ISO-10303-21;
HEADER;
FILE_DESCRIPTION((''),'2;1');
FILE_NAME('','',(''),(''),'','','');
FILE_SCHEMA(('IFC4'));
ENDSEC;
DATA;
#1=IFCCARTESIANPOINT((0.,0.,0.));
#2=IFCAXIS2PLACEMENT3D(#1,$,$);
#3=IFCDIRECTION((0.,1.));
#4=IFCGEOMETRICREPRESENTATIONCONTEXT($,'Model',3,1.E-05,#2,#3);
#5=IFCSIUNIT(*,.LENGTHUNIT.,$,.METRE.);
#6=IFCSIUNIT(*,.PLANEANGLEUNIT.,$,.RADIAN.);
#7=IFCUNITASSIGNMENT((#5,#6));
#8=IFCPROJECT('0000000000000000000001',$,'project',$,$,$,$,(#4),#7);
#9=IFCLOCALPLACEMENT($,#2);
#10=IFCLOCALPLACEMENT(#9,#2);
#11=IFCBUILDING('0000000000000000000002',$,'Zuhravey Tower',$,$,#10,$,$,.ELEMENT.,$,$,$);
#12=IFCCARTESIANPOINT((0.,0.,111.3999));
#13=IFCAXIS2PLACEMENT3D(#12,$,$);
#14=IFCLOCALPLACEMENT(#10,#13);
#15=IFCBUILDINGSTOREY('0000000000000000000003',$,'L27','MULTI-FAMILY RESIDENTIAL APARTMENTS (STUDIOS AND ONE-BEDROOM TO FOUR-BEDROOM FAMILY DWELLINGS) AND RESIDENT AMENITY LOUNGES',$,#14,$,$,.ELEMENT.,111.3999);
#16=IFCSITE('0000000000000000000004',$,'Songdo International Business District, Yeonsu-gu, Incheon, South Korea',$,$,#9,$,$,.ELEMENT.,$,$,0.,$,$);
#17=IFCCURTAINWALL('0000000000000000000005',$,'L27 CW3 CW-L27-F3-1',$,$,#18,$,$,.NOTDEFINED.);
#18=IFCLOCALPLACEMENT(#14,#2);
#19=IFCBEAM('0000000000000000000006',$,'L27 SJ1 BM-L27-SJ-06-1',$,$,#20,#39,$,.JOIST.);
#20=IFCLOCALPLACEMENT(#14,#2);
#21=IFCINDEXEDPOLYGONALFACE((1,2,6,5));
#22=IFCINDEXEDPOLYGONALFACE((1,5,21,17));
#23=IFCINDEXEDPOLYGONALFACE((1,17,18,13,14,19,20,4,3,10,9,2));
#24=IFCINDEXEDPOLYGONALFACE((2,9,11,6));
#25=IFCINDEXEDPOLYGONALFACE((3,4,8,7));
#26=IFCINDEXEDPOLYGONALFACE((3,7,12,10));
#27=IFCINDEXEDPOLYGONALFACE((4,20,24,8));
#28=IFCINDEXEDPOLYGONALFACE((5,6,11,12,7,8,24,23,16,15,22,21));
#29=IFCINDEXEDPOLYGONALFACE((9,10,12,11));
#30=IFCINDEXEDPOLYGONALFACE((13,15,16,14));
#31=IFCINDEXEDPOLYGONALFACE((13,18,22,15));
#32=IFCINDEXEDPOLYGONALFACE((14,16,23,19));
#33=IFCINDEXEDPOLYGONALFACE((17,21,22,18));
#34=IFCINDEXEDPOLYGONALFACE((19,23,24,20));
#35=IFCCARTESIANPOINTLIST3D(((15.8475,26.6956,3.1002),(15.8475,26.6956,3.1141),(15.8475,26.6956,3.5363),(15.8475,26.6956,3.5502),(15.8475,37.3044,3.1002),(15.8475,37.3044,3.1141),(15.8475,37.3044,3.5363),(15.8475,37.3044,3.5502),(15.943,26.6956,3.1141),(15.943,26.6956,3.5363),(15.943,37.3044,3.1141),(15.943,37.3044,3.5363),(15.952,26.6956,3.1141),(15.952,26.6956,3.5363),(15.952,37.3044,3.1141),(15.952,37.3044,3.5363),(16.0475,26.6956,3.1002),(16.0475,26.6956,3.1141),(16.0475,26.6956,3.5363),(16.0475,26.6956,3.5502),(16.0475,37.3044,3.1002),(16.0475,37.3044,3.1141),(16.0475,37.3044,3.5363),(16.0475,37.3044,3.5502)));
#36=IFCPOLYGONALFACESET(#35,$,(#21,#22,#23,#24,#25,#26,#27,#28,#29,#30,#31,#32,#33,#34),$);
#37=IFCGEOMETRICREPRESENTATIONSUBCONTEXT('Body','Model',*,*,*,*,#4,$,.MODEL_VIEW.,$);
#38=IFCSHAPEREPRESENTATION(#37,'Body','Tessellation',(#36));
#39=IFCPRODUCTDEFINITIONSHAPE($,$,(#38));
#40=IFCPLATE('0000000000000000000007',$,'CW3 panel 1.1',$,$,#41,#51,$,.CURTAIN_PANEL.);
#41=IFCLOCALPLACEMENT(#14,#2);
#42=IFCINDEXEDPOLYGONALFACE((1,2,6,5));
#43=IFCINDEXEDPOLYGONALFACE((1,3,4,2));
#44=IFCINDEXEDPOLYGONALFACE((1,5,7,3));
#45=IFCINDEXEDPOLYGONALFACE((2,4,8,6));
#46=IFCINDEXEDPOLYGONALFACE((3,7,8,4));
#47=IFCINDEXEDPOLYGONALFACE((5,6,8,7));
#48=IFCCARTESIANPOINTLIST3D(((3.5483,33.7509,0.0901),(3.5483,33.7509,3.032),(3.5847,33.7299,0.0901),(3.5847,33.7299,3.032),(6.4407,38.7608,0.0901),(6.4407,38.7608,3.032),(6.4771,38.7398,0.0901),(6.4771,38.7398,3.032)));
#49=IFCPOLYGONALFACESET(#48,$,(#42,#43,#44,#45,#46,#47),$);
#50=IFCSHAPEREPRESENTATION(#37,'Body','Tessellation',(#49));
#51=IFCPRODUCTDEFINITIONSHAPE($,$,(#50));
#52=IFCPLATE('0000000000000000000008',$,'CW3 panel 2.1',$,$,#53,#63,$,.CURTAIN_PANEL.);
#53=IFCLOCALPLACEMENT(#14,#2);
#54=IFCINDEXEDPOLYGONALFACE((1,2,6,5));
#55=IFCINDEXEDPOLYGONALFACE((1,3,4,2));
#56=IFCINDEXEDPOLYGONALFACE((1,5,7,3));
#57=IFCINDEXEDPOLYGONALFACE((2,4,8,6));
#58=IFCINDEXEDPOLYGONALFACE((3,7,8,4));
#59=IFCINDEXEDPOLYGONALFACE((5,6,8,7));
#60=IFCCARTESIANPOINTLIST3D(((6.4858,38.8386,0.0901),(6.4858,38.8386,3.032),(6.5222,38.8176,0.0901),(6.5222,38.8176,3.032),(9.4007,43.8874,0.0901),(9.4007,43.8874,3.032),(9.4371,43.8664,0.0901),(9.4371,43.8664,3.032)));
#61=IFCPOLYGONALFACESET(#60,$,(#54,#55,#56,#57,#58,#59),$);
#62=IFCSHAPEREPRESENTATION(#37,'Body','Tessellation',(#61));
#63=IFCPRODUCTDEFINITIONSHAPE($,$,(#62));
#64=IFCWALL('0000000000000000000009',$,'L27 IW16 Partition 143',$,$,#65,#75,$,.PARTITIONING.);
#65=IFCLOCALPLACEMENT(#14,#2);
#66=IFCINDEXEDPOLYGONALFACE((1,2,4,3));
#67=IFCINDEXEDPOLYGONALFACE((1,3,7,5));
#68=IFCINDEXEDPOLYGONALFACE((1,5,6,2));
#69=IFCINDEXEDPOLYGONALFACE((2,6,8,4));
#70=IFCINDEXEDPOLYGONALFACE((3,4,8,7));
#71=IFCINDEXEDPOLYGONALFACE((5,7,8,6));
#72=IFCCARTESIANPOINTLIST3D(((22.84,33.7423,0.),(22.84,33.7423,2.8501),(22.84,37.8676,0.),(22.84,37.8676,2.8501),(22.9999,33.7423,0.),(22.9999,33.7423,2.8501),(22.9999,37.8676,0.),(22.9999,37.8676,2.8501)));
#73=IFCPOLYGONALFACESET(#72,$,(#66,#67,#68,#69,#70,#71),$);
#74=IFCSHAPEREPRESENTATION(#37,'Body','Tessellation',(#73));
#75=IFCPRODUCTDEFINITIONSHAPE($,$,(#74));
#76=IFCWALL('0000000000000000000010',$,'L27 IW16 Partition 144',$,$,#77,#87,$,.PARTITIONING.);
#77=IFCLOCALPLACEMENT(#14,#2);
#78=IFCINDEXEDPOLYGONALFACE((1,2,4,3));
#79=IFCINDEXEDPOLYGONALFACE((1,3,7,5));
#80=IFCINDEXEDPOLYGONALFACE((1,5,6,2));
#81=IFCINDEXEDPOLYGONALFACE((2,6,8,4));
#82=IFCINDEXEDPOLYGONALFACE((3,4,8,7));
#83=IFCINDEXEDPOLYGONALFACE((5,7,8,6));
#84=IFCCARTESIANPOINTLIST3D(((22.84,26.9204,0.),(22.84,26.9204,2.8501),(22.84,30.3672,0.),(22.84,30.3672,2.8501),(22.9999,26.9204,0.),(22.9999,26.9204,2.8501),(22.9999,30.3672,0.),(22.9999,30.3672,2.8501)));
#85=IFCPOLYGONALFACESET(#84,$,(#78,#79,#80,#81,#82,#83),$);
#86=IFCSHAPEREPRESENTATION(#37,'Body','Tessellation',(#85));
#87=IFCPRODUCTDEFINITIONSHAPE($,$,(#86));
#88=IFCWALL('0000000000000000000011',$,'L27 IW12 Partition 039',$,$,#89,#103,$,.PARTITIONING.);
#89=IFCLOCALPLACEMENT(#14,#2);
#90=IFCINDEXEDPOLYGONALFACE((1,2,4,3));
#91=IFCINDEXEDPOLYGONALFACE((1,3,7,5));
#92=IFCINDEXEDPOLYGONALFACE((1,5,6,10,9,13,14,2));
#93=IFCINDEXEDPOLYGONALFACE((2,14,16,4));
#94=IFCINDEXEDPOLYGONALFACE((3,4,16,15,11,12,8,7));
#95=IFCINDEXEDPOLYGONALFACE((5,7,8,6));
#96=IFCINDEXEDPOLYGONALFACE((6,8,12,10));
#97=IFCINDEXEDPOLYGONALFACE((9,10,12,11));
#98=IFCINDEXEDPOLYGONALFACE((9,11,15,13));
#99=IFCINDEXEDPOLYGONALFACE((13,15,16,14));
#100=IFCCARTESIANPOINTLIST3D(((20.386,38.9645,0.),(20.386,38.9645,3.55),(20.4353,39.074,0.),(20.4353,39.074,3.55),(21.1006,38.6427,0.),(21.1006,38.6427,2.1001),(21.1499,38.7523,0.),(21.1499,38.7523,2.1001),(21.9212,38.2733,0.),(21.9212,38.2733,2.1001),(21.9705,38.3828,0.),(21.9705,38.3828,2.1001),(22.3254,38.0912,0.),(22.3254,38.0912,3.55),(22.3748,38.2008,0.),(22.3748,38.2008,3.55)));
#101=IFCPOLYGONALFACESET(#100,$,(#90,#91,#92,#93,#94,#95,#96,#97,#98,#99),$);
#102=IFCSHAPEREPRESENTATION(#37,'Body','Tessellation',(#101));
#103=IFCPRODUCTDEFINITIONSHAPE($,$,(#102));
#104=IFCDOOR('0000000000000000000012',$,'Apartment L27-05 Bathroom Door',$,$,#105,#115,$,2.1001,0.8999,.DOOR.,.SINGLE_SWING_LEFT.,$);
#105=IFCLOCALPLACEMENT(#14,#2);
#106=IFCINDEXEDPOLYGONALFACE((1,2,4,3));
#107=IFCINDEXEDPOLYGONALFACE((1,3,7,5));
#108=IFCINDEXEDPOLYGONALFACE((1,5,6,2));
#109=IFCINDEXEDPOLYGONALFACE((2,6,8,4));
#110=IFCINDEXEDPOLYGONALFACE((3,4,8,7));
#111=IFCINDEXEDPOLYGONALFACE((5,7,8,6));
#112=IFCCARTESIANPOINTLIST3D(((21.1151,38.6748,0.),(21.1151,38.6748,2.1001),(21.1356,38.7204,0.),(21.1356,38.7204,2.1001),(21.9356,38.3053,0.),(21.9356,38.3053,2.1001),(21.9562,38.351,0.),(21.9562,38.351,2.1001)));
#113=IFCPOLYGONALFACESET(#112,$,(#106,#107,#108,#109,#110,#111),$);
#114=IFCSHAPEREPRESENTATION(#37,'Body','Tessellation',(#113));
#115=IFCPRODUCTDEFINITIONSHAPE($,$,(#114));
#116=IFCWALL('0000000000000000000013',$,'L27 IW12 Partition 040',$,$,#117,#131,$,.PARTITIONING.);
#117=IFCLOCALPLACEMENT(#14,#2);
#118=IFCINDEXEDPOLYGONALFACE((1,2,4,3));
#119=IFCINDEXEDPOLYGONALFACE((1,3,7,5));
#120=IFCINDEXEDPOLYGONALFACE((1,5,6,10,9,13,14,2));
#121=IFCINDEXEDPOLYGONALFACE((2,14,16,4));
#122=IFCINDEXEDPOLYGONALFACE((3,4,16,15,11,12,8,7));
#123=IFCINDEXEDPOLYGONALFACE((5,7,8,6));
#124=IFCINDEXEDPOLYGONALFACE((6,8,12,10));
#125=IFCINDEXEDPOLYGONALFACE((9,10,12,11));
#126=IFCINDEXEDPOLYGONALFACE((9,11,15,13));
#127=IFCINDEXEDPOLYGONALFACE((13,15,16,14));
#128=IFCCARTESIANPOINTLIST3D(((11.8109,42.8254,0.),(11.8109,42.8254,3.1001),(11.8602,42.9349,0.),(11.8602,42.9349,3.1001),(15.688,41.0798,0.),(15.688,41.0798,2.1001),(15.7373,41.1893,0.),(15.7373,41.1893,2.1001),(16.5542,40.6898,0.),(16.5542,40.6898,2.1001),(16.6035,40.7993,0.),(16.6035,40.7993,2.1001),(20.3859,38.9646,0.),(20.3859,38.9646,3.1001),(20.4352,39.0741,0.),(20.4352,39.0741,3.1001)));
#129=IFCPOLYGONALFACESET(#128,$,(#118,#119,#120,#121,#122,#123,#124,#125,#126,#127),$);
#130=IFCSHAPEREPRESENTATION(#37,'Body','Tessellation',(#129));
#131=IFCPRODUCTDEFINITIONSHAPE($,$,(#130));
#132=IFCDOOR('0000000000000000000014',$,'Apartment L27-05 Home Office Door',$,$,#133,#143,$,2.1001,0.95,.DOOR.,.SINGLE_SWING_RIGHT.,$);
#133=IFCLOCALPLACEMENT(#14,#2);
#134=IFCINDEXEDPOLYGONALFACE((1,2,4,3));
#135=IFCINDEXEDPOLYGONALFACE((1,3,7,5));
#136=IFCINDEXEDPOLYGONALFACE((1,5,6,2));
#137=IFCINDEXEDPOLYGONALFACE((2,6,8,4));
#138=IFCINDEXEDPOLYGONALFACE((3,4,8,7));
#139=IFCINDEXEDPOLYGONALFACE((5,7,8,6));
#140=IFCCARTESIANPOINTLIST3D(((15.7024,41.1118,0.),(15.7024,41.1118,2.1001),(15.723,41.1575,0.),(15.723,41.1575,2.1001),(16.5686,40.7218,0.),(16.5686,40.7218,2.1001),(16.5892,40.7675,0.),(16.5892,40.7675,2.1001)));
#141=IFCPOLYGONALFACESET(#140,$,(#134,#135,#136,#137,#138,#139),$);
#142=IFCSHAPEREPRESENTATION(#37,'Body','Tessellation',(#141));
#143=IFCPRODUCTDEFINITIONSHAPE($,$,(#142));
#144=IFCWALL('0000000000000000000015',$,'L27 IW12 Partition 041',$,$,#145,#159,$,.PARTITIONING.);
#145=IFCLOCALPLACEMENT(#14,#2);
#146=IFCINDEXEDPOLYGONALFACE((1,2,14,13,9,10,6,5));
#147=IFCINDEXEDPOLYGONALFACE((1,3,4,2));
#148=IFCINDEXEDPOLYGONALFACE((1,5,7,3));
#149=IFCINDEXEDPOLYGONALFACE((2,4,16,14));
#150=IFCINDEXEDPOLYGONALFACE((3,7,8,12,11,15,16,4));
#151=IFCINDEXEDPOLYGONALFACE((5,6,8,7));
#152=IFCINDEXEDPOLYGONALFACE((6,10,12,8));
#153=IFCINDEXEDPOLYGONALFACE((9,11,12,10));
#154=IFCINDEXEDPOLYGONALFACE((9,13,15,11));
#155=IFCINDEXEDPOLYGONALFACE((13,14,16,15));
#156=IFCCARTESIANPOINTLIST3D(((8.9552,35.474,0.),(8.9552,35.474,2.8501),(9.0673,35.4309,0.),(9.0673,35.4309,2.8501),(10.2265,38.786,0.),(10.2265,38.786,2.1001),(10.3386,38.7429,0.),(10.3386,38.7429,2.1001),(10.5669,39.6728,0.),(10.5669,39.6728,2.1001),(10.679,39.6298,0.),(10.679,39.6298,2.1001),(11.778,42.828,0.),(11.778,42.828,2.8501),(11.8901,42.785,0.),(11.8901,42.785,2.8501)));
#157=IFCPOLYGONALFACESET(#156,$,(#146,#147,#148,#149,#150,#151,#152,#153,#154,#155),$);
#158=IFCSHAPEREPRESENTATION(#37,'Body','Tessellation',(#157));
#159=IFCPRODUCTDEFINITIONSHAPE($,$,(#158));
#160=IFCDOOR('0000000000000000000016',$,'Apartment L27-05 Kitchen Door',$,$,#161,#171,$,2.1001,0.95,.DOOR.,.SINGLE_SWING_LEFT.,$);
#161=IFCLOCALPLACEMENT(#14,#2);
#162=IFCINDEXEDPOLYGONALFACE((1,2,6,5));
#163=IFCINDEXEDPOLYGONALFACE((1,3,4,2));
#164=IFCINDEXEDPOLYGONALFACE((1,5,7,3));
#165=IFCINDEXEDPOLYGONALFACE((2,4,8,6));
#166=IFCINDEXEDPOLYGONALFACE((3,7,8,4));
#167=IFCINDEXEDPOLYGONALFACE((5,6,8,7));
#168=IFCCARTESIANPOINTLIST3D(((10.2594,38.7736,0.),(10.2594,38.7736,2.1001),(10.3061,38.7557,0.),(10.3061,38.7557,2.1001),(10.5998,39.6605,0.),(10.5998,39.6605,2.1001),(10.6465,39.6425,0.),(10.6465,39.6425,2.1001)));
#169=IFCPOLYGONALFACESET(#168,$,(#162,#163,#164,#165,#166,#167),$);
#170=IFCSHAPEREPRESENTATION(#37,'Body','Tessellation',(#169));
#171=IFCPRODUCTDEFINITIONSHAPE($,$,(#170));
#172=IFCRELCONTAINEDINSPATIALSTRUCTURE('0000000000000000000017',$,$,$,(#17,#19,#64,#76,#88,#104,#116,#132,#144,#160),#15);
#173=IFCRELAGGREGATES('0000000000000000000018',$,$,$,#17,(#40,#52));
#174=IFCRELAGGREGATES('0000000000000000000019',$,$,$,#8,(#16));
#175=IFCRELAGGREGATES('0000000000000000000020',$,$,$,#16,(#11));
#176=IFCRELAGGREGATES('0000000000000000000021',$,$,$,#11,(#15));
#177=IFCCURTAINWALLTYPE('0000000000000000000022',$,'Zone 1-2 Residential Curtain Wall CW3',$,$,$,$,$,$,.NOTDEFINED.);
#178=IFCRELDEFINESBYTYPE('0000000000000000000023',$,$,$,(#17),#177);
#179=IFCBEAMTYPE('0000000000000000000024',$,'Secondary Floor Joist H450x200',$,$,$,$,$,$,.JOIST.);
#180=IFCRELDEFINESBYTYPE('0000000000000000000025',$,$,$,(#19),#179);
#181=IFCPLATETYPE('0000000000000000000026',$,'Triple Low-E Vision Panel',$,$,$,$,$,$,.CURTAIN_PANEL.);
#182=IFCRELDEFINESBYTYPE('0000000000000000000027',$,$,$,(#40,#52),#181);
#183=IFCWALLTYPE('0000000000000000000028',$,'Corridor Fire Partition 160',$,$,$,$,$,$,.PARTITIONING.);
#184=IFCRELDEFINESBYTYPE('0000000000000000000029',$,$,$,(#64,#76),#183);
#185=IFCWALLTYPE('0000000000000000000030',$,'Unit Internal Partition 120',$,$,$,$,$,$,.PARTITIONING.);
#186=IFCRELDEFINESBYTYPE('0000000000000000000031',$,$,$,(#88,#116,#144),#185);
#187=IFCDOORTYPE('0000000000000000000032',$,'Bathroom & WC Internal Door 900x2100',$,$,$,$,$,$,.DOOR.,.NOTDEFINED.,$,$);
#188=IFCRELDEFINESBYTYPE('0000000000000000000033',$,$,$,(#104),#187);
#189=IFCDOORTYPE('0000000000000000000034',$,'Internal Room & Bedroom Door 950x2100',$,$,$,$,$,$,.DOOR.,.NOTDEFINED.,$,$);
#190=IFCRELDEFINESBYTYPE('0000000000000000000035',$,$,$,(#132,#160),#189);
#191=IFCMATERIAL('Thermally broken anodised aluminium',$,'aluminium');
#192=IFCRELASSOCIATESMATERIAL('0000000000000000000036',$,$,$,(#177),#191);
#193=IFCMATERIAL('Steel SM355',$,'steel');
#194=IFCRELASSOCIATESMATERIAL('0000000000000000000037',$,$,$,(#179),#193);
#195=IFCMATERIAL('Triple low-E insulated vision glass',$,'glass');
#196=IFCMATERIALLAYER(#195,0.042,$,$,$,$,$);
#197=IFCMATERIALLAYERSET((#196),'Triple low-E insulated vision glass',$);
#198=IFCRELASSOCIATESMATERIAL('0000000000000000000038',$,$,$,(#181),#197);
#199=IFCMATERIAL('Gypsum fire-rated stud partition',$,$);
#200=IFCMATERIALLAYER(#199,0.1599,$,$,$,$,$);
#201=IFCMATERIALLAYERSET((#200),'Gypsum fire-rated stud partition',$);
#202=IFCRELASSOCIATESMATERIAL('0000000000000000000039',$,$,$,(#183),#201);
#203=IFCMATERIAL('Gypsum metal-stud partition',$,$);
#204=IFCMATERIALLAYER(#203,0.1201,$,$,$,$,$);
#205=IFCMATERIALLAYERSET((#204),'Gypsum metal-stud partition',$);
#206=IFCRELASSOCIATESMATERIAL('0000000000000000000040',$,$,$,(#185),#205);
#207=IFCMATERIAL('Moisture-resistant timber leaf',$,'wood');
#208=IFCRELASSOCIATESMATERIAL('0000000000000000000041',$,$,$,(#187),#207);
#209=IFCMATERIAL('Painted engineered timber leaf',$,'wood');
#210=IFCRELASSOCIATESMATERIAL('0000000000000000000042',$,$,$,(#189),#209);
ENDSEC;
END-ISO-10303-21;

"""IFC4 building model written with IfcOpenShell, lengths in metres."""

from ifc_helpers import new_model, si_unit, direction, frame, frame_2d, origin, origin_2d, place, context, subcontext, project, spatial, rectangle, i_section, extrude, material, layer, layer_set, material_profile, profile_set, type_object, element, fill, aggregate, save


model = new_model("IFC4")

# Units and contexts
model_context = context("Model", 3, precision=1e-05, world=origin(), true_north=direction((0.0, 1.0)))
body_context = subcontext(model_context, "Body", "Model", "MODEL_VIEW")
ifc_project = project(units=[si_unit("LENGTHUNIT", "METRE"), si_unit("PLANEANGLEUNIT", "RADIAN")], contexts=[model_context])

# Site, building, storey
site_placement = place(None, origin())
site = spatial("IfcSite", under=ifc_project, at=site_placement, Name="Songdo International Business District, Yeonsu-gu, Incheon, South Korea", CompositionType="ELEMENT", RefElevation=0.0)
building_placement = place(site_placement, origin())
building = spatial("IfcBuilding", under=site, at=building_placement, Name="Zuhravey Tower", CompositionType="ELEMENT")
storey_placement = place(building_placement, frame((0.0, 0.0, 111.3999)))
storey = spatial("IfcBuildingStorey", under=building, at=storey_placement, Name="L27", Description="MULTI-FAMILY RESIDENTIAL APARTMENTS (STUDIOS AND ONE-BEDROOM TO FOUR-BEDROOM FAMILY DWELLINGS) AND RESIDENT AMENITY LOUNGES", CompositionType="ELEMENT", Elevation=111.3999)

# Shared definitions
ifc_material_1 = material(Name="Thermally broken anodised aluminium", Category="aluminium")
curtain_wall_type = type_object("IfcCurtainWallType", Name="Zone 1-2 Residential Curtain Wall CW3", PredefinedType="NOTDEFINED", material=ifc_material_1)

# Curtain wall
curtain_wall_1_placement = place(storey_placement, origin())
curtain_wall_1 = element("IfcCurtainWall", 1, at=curtain_wall_1_placement, inside=storey, type_object=curtain_wall_type, Name="L27 CW3 CW-L27-F3-1", PredefinedType="NOTDEFINED")

# Beam
ifc_material_2 = material(Name="Steel SM355", Category="steel")
ifc_material_profile_1 = material_profile(ifc_material_2, i_section(OverallWidth=0.2, OverallDepth=0.45, WebThickness=0.009, FlangeThickness=0.0139, at=origin_2d()), Name="H-450x200x9x14")
ifc_profile_set_1 = profile_set([ifc_material_profile_1], Name="Steel SM355")
beam_type_1 = type_object("IfcBeamType", Name="Secondary Floor Joist H450x200", PredefinedType="JOIST", material=ifc_profile_set_1)
beam_1_placement = place(storey_placement, frame((15.9475, 37.3044, 3.3252), z_axis=(0.0, -1.0, 0.0), x_axis=(1.0, 0.0, 0.0)))
element("IfcBeam", 2, at=beam_1_placement, inside=storey, type_object=beam_type_1, Name="L27 SJ1 BM-L27-SJ-06-1", PredefinedType="JOIST", context=body_context, shape_type="SweptSolid", body=[
    extrude(i_section(OverallWidth=0.2, OverallDepth=0.45, WebThickness=0.009, FlangeThickness=0.0139, at=origin_2d()), origin(), (0.0, 0.0, 1.0), 10.6089),
])

# Plates
ifc_material_3 = material(Name="Triple low-E insulated vision glass", Category="glass")
ifc_layer_1 = layer(ifc_material_3, 0.042)
ifc_layer_set_1 = layer_set([ifc_layer_1], Name="Triple low-E insulated vision glass")
plate_type = type_object("IfcPlateType", Name="Triple Low-E Vision Panel", PredefinedType="CURTAIN_PANEL", material=ifc_layer_set_1)
plate_1_placement = place(storey_placement, frame((5.0127, 36.2454, 0.0901), z_axis=(0.0, 0.0, 1.0), x_axis=(0.5, 0.866026, 0.0)))
plate_1 = element("IfcPlate", 3, at=plate_1_placement, type_object=plate_type, Name="CW3 panel 1.1", PredefinedType="CURTAIN_PANEL", context=body_context, shape_type="SweptSolid", body=[
    extrude(rectangle(XDim=5.7849, YDim=0.042, at=origin_2d()), origin(), (0.0, 0.0, 1.0), 2.9419),
])
plate_2_placement = place(storey_placement, frame((7.9614, 41.3525, 0.0901), z_axis=(0.0, 0.0, 1.0), x_axis=(0.5, 0.866026, 0.0)))
plate_2 = element("IfcPlate", 4, at=plate_2_placement, type_object=plate_type, Name="CW3 panel 2.1", PredefinedType="CURTAIN_PANEL", context=body_context, shape_type="SweptSolid", body=[
    extrude(rectangle(XDim=5.8298, YDim=0.042, at=origin_2d()), origin(), (0.0, 0.0, 1.0), 2.9419),
])
aggregate(curtain_wall_1, [plate_1, plate_2])

# Shared definitions
ifc_material_4 = material(Name="Gypsum fire-rated stud partition")
ifc_layer_2 = layer(ifc_material_4, 0.1599)
ifc_layer_set_2 = layer_set([ifc_layer_2], Name="Gypsum fire-rated stud partition")
wall_type_1 = type_object("IfcWallType", Name="Corridor Fire Partition 160", PredefinedType="PARTITIONING", material=ifc_layer_set_2)

# Walls
wall_1_placement = place(storey_placement, frame((22.9199, 37.8674, 0.0), z_axis=(0.0, 0.0, 1.0), x_axis=(0.0, -1.0, 0.0)))
element("IfcWall", 5, at=wall_1_placement, inside=storey, type_object=wall_type_1, Name="L27 IW16 Partition 143", PredefinedType="PARTITIONING", context=body_context, shape_type="SweptSolid", body=[
    extrude(rectangle(XDim=4.1252, YDim=0.1599, at=frame_2d((2.0625, 0.0))), origin(), (0.0, 0.0, 1.0), 2.8501),
])
wall_2_placement = place(storey_placement, frame((22.9199, 30.3672, 0.0), z_axis=(0.0, 0.0, 1.0), x_axis=(0.0, -1.0, 0.0)))
element("IfcWall", 6, at=wall_2_placement, inside=storey, type_object=wall_type_1, Name="L27 IW16 Partition 144", PredefinedType="PARTITIONING", context=body_context, shape_type="SweptSolid", body=[
    extrude(rectangle(XDim=3.4468, YDim=0.1599, at=frame_2d((1.7234, 0.0))), origin(), (0.0, 0.0, 1.0), 2.8501),
])

# Walls, openings, doors
ifc_material_5 = material(Name="Gypsum metal-stud partition")
ifc_layer_3 = layer(ifc_material_5, 0.1201)
ifc_layer_set_3 = layer_set([ifc_layer_3], Name="Gypsum metal-stud partition")
wall_type_2 = type_object("IfcWallType", Name="Unit Internal Partition 120", PredefinedType="PARTITIONING", material=ifc_layer_set_3)
wall_3_placement = place(storey_placement, frame((22.3501, 38.146, 0.0), z_axis=(0.0, 0.0, 1.0), x_axis=(-0.911827, 0.410575, 0.0)))
wall_3 = element("IfcWall", 7, at=wall_3_placement, inside=storey, type_object=wall_type_2, Name="L27 IW12 Partition 039", PredefinedType="PARTITIONING", context=body_context, shape_type="SweptSolid", body=[
    extrude(rectangle(XDim=2.127, YDim=0.1201, at=frame_2d((1.0635, 0.0))), origin(), (0.0, 0.0, 1.0), 3.55),
])
opening_1_placement = place(wall_3_placement, frame((0.4434, 0.0, 0.0)))
opening_1 = element("IfcOpeningElement", 8, at=opening_1_placement, cuts=wall_3, PredefinedType="OPENING", context=body_context, shape_type="SweptSolid", body=[
    extrude(rectangle(XDim=0.8999, YDim=2.1001, at=frame_2d((0.45, 1.05))), frame((0.0, 0.072, 0.0), z_axis=(0.0, -1.0, 0.0), x_axis=(1.0, 0.0, 0.0)), (0.0, 0.0, 1.0), 0.144),
])
ifc_material_6 = material(Name="Moisture-resistant timber leaf", Category="wood")
door_type_1 = type_object("IfcDoorType", Name="Bathroom & WC Internal Door 900x2100", OperationType="NOTDEFINED", PredefinedType="DOOR", material=ifc_material_6)
door_1_placement = place(opening_1_placement, origin())
door_1 = element("IfcDoor", 9, at=door_1_placement, inside=storey, type_object=door_type_1, Name="Apartment L27-05 Bathroom Door", OperationType="SINGLE_SWING_LEFT", OverallHeight=2.1001, OverallWidth=0.8999, PredefinedType="DOOR", context=body_context, shape_type="SweptSolid", body=[
    extrude(rectangle(XDim=0.8999, YDim=2.1001, at=frame_2d((0.45, 1.05))), frame((0.0, 0.0249, 0.0), z_axis=(0.0, -1.0, 0.0), x_axis=(1.0, 0.0, 0.0)), (0.0, 0.0, 1.0), 0.05),
])
fill(opening_1, door_1)
wall_4_placement = place(storey_placement, frame((20.4106, 39.0193, 0.0), z_axis=(0.0, 0.0, 1.0), x_axis=(-0.911837, 0.410551, 0.0)))
wall_4 = element("IfcWall", 10, at=wall_4_placement, inside=storey, type_object=wall_type_2, Name="L27 IW12 Partition 040", PredefinedType="PARTITIONING", context=body_context, shape_type="SweptSolid", body=[
    extrude(rectangle(XDim=9.4041, YDim=0.1201, at=frame_2d((4.7021, 0.0))), origin(), (0.0, 0.0, 1.0), 3.1001),
])
opening_2_placement = place(wall_4_placement, frame((4.2021, 0.0, 0.0)))
opening_2 = element("IfcOpeningElement", 11, at=opening_2_placement, cuts=wall_4, PredefinedType="OPENING", context=body_context, shape_type="SweptSolid", body=[
    extrude(rectangle(XDim=0.95, YDim=2.1001, at=frame_2d((0.4751, 1.05))), frame((0.0, 0.072, 0.0), z_axis=(0.0, -1.0, 0.0), x_axis=(1.0, 0.0, 0.0)), (0.0, 0.0, 1.0), 0.144),
])
ifc_material_7 = material(Name="Painted engineered timber leaf", Category="wood")
door_type_2 = type_object("IfcDoorType", Name="Internal Room & Bedroom Door 950x2100", OperationType="NOTDEFINED", PredefinedType="DOOR", material=ifc_material_7)
door_2_placement = place(opening_2_placement, origin())
door_2 = element("IfcDoor", 12, at=door_2_placement, inside=storey, type_object=door_type_2, Name="Apartment L27-05 Home Office Door", OperationType="SINGLE_SWING_RIGHT", OverallHeight=2.1001, OverallWidth=0.95, PredefinedType="DOOR", context=body_context, shape_type="SweptSolid", body=[
    extrude(rectangle(XDim=0.95, YDim=2.1001, at=frame_2d((0.4751, 1.05))), frame((0.0, 0.0249, 0.0), z_axis=(0.0, -1.0, 0.0), x_axis=(1.0, 0.0, 0.0)), (0.0, 0.0, 1.0), 0.05),
])
fill(opening_2, door_2)
wall_5_placement = place(storey_placement, frame((11.834, 42.8064, 0.0), z_axis=(0.0, 0.0, 1.0), x_axis=(-0.358348, -0.933588, 0.0)))
wall_5 = element("IfcWall", 13, at=wall_5_placement, inside=storey, type_object=wall_type_2, Name="L27 IW12 Partition 041", PredefinedType="PARTITIONING", context=body_context, shape_type="SweptSolid", body=[
    extrude(rectangle(XDim=7.8772, YDim=0.1201, at=frame_2d((3.9385, 0.0))), origin(), (0.0, 0.0, 1.0), 2.8501),
])
opening_3_placement = place(wall_5_placement, frame((3.3794, 0.0, 0.0)))
opening_3 = element("IfcOpeningElement", 14, at=opening_3_placement, cuts=wall_5, PredefinedType="OPENING", context=body_context, shape_type="SweptSolid", body=[
    extrude(rectangle(XDim=0.95, YDim=2.1001, at=frame_2d((0.4751, 1.05))), frame((0.0, 0.072, 0.0), z_axis=(0.0, -1.0, 0.0), x_axis=(1.0, 0.0, 0.0)), (0.0, 0.0, 1.0), 0.144),
])
door_3_placement = place(opening_3_placement, frame((0.95, 0.0, 0.0), z_axis=(0.0, 0.0, 1.0), x_axis=(-1.0, 0.0, 0.0)))
door_3 = element("IfcDoor", 15, at=door_3_placement, inside=storey, type_object=door_type_2, Name="Apartment L27-05 Kitchen Door", OperationType="SINGLE_SWING_LEFT", OverallHeight=2.1001, OverallWidth=0.95, PredefinedType="DOOR", context=body_context, shape_type="SweptSolid", body=[
    extrude(rectangle(XDim=0.95, YDim=2.1001, at=frame_2d((0.4751, 1.05))), frame((0.0, 0.0249, 0.0), z_axis=(0.0, -1.0, 0.0), x_axis=(1.0, 0.0, 0.0)), (0.0, 0.0, 1.0), 0.05),
])
fill(opening_3, door_3)

save(model, "model.ifc")
